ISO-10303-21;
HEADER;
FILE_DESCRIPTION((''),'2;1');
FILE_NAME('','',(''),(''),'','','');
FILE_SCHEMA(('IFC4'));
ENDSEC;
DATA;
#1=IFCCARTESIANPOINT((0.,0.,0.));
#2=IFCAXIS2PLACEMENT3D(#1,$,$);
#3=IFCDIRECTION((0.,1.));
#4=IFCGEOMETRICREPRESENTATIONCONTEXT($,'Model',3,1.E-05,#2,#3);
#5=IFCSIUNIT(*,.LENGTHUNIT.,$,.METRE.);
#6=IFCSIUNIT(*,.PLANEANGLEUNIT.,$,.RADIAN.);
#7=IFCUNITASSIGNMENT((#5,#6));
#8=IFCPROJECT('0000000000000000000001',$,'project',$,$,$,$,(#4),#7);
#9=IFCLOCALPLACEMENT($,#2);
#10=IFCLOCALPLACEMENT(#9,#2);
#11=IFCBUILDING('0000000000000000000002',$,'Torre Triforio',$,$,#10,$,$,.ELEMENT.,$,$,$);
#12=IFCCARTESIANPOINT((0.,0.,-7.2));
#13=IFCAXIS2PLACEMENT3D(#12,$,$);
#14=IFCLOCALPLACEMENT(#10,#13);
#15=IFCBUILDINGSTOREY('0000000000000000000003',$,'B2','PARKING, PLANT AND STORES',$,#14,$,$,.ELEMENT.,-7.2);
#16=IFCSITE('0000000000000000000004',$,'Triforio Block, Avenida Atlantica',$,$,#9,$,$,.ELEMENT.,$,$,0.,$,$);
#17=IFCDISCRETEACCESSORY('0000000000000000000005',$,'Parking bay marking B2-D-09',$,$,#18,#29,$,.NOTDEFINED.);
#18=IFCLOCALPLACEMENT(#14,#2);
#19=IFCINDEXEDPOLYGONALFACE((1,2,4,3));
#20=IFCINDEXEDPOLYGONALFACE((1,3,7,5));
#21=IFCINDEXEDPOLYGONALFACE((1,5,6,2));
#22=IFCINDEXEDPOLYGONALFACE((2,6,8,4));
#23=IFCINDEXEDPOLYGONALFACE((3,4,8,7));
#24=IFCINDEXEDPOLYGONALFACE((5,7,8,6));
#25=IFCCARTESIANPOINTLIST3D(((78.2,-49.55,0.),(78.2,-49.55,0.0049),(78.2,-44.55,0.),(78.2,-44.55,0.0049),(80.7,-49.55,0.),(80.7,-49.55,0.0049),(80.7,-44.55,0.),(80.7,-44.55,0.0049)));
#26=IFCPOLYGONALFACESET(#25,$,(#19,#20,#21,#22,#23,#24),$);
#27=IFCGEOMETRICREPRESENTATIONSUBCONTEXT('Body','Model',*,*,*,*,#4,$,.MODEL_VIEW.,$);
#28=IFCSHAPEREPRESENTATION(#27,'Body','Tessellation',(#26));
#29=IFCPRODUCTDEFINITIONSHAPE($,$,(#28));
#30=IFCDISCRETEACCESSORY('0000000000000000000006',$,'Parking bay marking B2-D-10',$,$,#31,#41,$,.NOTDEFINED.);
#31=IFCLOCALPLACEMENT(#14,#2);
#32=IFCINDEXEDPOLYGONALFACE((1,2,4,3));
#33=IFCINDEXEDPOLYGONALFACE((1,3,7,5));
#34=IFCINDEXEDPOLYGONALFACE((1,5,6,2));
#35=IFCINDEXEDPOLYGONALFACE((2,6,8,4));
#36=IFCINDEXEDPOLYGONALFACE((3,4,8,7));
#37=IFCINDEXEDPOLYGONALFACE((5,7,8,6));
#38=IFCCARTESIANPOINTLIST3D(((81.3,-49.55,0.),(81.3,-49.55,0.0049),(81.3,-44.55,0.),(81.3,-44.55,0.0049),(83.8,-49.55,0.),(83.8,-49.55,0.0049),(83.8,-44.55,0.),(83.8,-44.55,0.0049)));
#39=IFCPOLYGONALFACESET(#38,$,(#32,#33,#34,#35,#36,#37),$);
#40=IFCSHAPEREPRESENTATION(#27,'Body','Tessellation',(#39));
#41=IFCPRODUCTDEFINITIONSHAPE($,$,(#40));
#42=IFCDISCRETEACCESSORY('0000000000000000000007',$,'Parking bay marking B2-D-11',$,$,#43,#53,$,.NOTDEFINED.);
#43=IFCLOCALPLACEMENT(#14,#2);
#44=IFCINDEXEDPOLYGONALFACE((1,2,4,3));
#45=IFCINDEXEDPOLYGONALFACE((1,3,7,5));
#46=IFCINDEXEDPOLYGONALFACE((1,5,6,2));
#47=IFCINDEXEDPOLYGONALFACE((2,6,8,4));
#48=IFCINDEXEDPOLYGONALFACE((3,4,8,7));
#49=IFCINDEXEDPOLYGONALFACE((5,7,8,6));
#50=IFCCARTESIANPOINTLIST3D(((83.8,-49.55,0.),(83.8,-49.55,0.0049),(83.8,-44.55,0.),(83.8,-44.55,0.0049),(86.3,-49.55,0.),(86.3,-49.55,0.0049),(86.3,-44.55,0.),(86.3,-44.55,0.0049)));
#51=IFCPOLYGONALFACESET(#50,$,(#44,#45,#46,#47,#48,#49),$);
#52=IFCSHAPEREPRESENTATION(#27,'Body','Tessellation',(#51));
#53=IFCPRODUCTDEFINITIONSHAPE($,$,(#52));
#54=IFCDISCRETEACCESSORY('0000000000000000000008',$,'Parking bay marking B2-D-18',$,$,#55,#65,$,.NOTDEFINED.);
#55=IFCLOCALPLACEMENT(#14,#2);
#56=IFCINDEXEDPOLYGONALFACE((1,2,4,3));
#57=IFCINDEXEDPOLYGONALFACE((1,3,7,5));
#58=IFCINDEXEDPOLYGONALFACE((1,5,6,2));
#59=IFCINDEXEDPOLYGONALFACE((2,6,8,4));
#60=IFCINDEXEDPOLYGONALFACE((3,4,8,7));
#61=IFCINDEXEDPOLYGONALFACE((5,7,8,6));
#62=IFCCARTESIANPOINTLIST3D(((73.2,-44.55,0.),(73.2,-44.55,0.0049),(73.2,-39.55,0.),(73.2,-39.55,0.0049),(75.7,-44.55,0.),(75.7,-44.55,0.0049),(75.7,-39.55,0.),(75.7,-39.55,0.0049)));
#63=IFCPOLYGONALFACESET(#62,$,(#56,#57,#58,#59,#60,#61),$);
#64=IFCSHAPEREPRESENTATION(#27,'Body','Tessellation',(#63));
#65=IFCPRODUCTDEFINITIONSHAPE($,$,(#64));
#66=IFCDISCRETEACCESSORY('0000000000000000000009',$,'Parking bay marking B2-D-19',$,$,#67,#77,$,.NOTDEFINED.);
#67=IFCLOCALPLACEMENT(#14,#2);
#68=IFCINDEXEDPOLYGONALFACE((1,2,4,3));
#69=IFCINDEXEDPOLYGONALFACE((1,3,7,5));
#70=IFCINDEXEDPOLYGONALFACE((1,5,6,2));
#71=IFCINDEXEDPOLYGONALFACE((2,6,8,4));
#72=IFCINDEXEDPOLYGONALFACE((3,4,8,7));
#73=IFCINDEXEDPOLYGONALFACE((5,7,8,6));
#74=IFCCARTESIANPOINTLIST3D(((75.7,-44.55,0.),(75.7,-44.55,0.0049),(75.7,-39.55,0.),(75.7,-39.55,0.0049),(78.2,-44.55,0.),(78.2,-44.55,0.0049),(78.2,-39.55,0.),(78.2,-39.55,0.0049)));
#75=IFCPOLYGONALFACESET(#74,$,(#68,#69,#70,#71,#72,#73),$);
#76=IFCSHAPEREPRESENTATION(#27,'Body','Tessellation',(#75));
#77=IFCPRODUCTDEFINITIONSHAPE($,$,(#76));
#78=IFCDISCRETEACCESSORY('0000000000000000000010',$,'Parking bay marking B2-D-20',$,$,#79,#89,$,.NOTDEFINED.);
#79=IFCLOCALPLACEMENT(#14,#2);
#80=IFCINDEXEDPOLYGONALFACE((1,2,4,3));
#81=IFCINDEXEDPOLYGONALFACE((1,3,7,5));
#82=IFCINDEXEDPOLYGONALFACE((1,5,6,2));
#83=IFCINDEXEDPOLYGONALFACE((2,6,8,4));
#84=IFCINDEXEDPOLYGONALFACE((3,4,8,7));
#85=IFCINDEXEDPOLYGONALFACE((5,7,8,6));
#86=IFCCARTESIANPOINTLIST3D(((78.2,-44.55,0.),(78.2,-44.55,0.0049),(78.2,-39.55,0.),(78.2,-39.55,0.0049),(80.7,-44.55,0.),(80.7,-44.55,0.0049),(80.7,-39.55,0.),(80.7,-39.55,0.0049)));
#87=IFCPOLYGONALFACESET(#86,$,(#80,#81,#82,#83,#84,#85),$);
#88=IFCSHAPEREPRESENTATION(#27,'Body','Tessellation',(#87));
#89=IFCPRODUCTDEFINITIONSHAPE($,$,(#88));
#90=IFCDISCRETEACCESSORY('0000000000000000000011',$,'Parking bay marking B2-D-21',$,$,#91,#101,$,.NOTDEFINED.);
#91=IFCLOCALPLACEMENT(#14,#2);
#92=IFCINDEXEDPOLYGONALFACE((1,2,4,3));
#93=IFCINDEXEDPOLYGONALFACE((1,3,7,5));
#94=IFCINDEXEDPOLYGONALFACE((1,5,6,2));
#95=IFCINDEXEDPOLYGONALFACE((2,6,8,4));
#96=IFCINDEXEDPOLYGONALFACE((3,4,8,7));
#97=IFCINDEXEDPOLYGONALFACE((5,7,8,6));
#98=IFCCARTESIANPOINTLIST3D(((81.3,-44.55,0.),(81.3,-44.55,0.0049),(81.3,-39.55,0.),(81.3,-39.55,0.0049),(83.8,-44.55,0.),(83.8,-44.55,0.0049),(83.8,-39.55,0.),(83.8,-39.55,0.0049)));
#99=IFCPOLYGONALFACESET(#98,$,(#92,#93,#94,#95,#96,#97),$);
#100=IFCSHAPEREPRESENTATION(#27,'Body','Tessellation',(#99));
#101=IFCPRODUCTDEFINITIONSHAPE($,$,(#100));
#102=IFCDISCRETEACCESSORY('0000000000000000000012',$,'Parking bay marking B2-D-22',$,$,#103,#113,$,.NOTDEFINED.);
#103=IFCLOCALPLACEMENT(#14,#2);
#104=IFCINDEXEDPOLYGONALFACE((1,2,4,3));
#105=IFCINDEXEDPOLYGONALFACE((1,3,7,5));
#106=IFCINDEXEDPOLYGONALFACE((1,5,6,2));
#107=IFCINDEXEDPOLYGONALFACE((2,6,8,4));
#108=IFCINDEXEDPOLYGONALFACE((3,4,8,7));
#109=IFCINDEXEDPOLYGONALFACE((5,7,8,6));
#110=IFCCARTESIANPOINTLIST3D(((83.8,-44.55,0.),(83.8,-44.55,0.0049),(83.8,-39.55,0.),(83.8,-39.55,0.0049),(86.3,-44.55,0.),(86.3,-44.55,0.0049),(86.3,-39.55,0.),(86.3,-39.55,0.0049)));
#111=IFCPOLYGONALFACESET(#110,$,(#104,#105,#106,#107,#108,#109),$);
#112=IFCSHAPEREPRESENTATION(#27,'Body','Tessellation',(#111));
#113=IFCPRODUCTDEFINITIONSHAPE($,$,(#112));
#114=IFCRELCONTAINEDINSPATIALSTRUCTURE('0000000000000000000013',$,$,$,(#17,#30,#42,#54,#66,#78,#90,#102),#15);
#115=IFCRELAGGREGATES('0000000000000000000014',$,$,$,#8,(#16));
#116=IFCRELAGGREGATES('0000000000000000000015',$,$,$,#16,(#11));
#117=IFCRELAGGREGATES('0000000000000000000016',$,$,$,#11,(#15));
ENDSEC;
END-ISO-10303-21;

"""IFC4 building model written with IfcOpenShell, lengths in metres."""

from ifc_helpers import new_model, si_unit, direction, frame, origin, origin_2d, place, context, subcontext, project, spatial, rectangle, extrude, element, save


model = new_model("IFC4")

# Units and contexts
model_context = context("Model", 3, precision=1e-05, world=origin(), true_north=direction((0.0, 1.0)))
body_context = subcontext(model_context, "Body", "Model", "MODEL_VIEW")
ifc_project = project(units=[si_unit("LENGTHUNIT", "METRE"), si_unit("PLANEANGLEUNIT", "RADIAN")], contexts=[model_context])

# Site, building, storey
site_placement = place(None, origin())
site = spatial("IfcSite", under=ifc_project, at=site_placement, Name="Triforio Block, Avenida Atlantica", CompositionType="ELEMENT", RefElevation=0.0)
building_placement = place(site_placement, origin())
building = spatial("IfcBuilding", under=site, at=building_placement, Name="Torre Triforio", CompositionType="ELEMENT")
storey_placement = place(building_placement, frame((0.0, 0.0, -7.2)))
storey = spatial("IfcBuildingStorey", under=building, at=storey_placement, Name="B2", Description="PARKING, PLANT AND STORES", CompositionType="ELEMENT", Elevation=-7.2)

# Discrete accessories
for number, where, z_axis, x_axis, name in (
    (1, (79.45, -47.05, 0.0), (0.0, 0.0, 1.0), (1.0, 0.0, 0.0), "Parking bay marking B2-D-09"),
    (2, (82.55, -47.05, 0.0), (0.0, 0.0, 1.0), (1.0, 0.0, 0.0), "Parking bay marking B2-D-10"),
    (3, (85.05, -47.05, 0.0), (0.0, 0.0, 1.0), (1.0, 0.0, 0.0), "Parking bay marking B2-D-11"),
    (4, (74.45, -42.05, 0.0), (0.0, 0.0, 1.0), (1.0, 0.0, 0.0), "Parking bay marking B2-D-18"),
    (5, (76.95, -42.05, 0.0), (0.0, 0.0, 1.0), (1.0, 0.0, 0.0), "Parking bay marking B2-D-19"),
    (6, (79.45, -42.05, 0.0), (0.0, 0.0, 1.0), (1.0, 0.0, 0.0), "Parking bay marking B2-D-20"),
    (7, (82.55, -42.05, 0.0), (0.0, 0.0, 1.0), (1.0, 0.0, 0.0), "Parking bay marking B2-D-21"),
    (8, (85.05, -42.05, 0.0), (0.0, 0.0, 1.0), (1.0, 0.0, 0.0), "Parking bay marking B2-D-22"),
):
    element("IfcDiscreteAccessory", number, at=place(storey_placement, frame(where, z_axis=z_axis, x_axis=x_axis)), inside=storey, Name=name, PredefinedType="NOTDEFINED", context=body_context, shape_type="SweptSolid", body=[
        extrude(rectangle(XDim=2.5, YDim=5.0, at=origin_2d()), origin(), (0.0, 0.0, 1.0), 0.0049),
    ])

save(model, "model.ifc")
